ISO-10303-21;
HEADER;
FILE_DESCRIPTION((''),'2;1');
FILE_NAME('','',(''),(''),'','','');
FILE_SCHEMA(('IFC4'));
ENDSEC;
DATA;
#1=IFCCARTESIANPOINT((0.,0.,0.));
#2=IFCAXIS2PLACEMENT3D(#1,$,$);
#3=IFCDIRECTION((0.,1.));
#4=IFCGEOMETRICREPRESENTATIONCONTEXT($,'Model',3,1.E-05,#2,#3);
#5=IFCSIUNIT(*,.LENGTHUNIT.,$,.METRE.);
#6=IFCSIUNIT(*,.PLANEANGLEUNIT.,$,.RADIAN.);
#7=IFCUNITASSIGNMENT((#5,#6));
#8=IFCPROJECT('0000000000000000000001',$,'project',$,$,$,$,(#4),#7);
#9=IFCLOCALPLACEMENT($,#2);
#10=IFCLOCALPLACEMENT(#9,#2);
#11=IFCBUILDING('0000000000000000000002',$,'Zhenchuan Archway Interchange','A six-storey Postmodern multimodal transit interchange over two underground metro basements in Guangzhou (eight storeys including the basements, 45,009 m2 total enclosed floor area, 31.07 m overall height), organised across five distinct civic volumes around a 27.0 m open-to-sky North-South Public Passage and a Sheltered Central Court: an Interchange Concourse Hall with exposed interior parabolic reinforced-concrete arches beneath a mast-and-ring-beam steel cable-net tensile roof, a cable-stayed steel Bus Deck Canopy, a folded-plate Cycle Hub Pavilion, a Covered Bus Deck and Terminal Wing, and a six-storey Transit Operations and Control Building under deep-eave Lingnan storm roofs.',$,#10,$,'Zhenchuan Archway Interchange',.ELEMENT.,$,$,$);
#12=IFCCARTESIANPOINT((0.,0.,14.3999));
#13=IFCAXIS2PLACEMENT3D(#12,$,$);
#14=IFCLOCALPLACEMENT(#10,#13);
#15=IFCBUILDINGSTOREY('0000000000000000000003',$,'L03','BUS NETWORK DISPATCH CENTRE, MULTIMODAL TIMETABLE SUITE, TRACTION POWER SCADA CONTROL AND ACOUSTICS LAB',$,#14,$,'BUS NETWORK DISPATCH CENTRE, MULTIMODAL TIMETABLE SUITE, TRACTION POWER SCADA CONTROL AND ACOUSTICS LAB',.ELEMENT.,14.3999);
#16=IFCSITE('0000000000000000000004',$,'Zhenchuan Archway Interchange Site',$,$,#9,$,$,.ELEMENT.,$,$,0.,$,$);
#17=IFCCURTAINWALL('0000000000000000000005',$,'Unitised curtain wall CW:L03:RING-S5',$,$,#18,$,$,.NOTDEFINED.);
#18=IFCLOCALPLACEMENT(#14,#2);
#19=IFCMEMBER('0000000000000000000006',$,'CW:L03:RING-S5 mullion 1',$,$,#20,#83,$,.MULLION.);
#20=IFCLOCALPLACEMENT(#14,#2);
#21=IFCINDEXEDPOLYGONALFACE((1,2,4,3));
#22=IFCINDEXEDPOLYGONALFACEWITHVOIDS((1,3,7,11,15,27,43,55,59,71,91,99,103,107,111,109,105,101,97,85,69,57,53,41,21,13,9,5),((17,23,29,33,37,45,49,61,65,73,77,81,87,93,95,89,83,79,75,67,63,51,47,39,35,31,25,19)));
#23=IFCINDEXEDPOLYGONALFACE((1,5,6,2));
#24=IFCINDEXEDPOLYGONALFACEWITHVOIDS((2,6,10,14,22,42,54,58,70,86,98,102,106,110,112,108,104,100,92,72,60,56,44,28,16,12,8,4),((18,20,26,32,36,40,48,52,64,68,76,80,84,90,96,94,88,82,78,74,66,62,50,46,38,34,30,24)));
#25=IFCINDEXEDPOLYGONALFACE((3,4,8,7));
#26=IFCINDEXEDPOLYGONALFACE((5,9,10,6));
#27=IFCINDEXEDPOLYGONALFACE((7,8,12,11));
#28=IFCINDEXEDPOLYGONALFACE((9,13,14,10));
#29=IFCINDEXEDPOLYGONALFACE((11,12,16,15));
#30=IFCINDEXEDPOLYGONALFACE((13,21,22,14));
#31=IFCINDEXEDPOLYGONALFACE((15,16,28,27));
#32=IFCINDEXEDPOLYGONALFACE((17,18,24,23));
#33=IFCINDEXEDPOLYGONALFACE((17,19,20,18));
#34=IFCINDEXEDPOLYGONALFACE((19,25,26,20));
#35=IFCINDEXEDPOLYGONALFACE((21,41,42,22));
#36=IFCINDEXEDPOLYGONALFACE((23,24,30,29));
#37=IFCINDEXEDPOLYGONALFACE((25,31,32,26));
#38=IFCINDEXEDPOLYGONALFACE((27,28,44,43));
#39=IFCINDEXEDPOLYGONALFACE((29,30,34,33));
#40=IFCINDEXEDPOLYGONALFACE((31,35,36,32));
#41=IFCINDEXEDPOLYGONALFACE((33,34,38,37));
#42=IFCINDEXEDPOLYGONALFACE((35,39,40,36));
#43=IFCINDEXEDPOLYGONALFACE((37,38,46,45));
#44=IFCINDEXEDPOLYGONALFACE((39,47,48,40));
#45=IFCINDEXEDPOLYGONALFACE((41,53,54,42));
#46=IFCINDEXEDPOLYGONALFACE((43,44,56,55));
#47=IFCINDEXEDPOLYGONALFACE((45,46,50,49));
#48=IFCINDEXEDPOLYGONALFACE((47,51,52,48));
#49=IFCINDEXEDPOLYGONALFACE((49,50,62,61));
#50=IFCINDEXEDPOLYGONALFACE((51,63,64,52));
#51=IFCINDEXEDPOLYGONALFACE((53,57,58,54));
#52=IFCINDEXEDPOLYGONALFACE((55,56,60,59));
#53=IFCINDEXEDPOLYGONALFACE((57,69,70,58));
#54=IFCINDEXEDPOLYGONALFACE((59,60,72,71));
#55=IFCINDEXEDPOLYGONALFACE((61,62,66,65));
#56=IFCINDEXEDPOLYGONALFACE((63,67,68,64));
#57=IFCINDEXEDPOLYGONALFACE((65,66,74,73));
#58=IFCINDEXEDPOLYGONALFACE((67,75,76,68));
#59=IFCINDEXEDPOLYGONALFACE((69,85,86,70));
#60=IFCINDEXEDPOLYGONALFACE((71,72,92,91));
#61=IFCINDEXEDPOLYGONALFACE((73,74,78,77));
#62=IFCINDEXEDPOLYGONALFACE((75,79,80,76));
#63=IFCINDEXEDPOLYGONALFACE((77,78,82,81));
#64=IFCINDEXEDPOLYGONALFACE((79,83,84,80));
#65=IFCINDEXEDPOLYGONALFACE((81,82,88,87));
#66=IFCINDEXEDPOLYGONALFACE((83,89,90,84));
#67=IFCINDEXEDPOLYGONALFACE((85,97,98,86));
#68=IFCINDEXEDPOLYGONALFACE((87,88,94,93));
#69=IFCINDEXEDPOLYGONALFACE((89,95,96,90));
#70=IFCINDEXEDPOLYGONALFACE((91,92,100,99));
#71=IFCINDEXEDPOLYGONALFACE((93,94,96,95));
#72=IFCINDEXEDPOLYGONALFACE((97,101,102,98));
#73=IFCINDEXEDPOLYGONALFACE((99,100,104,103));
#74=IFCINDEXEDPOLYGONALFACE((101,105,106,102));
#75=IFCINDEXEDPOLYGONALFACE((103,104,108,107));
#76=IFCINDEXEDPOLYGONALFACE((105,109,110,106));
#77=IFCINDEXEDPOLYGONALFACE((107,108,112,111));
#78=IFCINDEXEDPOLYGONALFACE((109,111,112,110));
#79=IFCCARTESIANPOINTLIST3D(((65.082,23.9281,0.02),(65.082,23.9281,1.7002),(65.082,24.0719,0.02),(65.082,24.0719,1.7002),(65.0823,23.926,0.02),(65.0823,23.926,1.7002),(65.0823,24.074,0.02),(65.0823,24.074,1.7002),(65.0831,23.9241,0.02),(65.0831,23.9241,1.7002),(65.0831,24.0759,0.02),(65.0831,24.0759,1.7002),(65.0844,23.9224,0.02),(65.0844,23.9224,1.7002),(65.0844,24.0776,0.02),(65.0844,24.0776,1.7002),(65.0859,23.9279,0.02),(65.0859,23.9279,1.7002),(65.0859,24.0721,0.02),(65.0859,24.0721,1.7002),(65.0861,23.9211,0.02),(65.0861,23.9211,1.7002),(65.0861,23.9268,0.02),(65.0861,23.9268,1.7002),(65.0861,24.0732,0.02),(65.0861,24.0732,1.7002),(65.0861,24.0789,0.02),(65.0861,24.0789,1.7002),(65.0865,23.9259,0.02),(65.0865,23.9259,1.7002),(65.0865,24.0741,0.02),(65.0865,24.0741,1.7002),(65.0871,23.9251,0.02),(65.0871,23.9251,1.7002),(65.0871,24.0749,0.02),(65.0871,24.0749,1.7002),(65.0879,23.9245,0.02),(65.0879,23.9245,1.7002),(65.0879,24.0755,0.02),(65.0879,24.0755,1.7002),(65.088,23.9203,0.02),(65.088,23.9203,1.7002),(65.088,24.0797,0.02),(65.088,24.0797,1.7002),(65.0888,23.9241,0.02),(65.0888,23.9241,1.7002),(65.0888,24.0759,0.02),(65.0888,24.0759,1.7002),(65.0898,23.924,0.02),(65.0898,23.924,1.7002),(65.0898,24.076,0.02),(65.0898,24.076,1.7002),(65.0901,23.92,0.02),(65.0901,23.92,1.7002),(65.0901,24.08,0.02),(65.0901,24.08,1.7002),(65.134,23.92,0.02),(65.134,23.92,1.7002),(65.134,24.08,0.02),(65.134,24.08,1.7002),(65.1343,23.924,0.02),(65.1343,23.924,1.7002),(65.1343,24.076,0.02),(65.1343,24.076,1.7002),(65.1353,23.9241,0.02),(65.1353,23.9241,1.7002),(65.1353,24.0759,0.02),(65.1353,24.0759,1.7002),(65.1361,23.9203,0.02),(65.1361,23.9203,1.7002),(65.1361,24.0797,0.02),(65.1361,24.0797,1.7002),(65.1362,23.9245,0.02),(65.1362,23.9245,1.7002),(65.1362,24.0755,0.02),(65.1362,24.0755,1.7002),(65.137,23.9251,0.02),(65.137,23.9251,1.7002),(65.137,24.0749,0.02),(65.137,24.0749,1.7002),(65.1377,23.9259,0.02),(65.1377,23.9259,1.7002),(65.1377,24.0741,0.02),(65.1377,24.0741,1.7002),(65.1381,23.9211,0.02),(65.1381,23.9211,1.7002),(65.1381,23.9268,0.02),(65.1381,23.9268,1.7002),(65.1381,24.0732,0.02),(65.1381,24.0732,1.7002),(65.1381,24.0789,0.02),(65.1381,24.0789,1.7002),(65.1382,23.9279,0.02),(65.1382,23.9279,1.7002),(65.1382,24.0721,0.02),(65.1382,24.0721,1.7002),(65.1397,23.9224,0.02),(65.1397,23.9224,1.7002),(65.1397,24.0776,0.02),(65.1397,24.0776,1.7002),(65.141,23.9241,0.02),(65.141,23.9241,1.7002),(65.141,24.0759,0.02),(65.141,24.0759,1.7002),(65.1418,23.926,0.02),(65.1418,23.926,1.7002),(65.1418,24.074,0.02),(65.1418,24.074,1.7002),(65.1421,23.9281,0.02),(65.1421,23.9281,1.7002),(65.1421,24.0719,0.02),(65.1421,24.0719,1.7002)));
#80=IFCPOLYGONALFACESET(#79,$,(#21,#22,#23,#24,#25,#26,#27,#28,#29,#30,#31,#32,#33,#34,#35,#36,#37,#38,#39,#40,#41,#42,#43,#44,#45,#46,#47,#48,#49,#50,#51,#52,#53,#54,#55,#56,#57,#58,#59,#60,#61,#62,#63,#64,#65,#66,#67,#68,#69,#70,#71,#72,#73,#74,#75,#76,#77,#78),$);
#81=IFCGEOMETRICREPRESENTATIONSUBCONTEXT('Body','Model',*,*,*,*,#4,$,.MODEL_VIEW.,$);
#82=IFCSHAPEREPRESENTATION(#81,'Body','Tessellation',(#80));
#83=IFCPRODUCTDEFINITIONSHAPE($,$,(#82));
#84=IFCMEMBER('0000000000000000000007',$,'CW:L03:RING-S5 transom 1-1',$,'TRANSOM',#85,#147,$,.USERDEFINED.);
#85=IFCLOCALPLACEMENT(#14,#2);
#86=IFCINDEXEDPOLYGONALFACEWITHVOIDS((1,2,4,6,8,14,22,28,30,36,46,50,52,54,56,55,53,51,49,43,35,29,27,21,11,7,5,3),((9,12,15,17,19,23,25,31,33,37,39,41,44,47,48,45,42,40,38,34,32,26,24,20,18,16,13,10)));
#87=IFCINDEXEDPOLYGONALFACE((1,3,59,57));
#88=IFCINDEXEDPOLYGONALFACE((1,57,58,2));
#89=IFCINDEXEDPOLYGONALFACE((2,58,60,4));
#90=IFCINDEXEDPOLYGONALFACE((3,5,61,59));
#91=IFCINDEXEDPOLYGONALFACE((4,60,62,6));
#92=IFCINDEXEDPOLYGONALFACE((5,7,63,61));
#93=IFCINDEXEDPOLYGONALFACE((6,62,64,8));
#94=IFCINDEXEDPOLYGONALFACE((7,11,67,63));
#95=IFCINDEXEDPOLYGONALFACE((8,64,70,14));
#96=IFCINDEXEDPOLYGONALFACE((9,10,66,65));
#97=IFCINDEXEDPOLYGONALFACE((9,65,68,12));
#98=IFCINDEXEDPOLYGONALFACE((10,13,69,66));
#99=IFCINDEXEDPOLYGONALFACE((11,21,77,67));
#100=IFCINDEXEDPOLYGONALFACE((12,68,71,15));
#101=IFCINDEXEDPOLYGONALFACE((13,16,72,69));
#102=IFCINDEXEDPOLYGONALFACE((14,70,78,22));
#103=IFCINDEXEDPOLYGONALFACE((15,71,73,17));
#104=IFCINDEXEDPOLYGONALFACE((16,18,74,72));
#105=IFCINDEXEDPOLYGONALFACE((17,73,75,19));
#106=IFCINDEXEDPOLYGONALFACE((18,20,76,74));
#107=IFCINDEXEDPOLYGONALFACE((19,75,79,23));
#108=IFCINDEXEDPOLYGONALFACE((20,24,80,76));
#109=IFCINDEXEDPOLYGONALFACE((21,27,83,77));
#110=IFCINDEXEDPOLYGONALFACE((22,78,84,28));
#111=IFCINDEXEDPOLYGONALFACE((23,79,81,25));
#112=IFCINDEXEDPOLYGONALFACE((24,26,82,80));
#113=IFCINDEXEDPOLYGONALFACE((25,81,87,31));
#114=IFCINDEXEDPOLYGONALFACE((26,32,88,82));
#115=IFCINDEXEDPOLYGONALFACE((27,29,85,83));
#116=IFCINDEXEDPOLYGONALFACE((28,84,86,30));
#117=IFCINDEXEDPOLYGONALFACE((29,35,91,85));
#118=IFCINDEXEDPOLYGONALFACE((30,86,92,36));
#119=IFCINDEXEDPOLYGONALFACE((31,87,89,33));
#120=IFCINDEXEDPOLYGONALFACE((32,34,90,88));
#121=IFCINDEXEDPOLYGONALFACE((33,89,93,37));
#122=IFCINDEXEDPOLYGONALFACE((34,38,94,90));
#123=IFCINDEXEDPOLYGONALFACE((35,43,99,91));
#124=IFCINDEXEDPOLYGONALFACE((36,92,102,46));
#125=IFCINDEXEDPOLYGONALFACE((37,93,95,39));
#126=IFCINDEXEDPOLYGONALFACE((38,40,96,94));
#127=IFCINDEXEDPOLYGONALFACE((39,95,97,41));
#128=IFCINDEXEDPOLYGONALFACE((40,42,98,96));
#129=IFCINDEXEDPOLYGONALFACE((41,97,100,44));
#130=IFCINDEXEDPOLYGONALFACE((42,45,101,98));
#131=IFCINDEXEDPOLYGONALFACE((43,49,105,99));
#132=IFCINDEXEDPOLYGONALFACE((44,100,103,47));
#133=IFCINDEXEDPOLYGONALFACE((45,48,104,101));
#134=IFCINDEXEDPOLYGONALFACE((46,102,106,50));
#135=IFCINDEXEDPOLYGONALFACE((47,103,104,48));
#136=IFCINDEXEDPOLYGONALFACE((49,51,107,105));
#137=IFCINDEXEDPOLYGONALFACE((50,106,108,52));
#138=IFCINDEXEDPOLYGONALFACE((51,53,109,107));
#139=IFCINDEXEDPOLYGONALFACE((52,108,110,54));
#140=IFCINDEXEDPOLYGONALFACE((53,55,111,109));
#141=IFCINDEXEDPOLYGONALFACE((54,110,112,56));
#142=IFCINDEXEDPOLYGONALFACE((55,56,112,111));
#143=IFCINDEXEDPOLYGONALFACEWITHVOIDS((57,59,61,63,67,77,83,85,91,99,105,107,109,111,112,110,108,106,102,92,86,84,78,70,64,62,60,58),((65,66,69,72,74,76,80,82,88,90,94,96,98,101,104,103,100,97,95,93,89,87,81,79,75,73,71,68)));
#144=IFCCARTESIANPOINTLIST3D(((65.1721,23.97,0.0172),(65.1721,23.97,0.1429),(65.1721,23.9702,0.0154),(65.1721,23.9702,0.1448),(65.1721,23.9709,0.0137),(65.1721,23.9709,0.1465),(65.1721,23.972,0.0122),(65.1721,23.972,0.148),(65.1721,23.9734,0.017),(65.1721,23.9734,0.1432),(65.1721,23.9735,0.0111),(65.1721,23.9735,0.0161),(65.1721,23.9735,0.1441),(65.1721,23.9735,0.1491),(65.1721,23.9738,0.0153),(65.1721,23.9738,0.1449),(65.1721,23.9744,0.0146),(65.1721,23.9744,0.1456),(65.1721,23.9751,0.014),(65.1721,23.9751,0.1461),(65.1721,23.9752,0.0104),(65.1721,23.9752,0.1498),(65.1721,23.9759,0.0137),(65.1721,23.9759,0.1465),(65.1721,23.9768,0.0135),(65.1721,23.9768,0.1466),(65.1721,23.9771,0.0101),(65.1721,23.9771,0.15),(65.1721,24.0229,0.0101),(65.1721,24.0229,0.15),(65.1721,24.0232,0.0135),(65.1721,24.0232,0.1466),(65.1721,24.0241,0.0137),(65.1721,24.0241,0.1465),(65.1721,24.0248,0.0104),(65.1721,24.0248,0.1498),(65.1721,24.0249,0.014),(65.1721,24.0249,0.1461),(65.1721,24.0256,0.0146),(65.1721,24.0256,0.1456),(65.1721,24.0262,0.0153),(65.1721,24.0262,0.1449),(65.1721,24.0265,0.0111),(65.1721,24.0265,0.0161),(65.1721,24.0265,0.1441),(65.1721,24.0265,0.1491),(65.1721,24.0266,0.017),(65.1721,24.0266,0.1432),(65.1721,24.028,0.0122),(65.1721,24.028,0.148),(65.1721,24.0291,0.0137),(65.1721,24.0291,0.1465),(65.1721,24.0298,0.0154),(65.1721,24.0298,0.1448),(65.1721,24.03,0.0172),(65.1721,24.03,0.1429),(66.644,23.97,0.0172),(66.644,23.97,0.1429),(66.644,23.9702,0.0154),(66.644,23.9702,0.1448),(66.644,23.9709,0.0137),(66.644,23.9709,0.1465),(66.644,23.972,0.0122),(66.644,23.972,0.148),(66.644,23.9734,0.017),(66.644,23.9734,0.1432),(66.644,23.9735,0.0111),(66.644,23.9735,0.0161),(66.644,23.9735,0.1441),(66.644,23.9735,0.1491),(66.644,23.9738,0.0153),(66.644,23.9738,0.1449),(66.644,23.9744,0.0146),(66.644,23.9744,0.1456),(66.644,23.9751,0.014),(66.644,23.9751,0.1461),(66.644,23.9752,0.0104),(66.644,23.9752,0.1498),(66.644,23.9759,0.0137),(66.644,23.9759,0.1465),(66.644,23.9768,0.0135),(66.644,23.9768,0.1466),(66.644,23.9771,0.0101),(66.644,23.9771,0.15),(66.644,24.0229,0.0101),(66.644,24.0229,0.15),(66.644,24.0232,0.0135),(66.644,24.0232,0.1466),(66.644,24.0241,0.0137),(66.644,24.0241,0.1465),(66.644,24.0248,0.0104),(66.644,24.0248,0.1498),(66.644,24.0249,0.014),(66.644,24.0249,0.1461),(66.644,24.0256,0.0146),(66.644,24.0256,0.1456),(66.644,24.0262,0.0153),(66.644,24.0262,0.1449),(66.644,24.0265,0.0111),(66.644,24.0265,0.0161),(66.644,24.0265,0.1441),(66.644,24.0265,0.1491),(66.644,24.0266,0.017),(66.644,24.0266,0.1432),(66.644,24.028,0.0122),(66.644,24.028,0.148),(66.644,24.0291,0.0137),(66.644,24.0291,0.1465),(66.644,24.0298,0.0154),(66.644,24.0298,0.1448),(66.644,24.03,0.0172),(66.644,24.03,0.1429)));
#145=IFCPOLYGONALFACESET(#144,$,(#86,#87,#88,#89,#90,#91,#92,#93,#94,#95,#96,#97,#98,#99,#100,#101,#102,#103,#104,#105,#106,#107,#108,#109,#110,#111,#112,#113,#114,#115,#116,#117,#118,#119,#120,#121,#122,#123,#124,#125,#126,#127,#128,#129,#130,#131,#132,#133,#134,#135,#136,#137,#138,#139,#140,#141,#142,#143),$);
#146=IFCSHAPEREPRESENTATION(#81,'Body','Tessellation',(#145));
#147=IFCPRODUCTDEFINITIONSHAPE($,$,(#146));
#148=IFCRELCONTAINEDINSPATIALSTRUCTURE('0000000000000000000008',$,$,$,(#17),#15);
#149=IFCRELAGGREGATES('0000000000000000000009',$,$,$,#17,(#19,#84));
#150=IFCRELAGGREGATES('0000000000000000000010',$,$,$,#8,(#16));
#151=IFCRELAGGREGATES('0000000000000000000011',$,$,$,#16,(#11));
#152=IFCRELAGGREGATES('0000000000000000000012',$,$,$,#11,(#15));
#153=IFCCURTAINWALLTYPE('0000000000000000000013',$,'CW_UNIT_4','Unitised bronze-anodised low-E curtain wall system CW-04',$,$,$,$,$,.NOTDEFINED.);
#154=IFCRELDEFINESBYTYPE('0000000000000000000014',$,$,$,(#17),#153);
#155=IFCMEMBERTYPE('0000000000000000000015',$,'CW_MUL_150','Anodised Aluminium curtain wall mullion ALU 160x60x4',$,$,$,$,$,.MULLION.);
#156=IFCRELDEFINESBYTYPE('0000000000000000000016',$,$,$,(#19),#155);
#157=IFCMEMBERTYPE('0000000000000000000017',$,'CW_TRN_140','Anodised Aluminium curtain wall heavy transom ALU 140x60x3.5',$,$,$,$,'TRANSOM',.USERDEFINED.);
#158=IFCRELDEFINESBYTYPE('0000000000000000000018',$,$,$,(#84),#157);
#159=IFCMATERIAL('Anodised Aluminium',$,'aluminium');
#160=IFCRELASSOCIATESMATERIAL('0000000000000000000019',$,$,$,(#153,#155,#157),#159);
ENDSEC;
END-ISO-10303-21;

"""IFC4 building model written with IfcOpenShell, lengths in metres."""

from ifc_helpers import new_model, si_unit, direction, frame, origin, origin_2d, place, context, subcontext, project, spatial, hollow_rectangle, extrude, material, material_profile, profile_set, type_object, element, aggregate, save


model = new_model("IFC4")

# Units and contexts
model_context = context("Model", 3, precision=1e-05, world=origin(), true_north=direction((0.0, 1.0)))
body_context = subcontext(model_context, "Body", "Model", "MODEL_VIEW")
ifc_project = project(units=[si_unit("LENGTHUNIT", "METRE"), si_unit("PLANEANGLEUNIT", "RADIAN")], contexts=[model_context])

# Site, building, storey
site_placement = place(None, origin())
site = spatial("IfcSite", under=ifc_project, at=site_placement, Name="Zhenchuan Archway Interchange Site", CompositionType="ELEMENT", RefElevation=0.0)
building_placement = place(site_placement, origin())
building = spatial("IfcBuilding", under=site, at=building_placement, Name="Zhenchuan Archway Interchange", Description="A six-storey Postmodern multimodal transit interchange over two underground metro basements in Guangzhou (eight storeys including the basements, 45,009 m2 total enclosed floor area, 31.07 m overall height), organised across five distinct civic volumes around a 27.0 m open-to-sky North-South Public Passage and a Sheltered Central Court: an Interchange Concourse Hall with exposed interior parabolic reinforced-concrete arches beneath a mast-and-ring-beam steel cable-net tensile roof, a cable-stayed steel Bus Deck Canopy, a folded-plate Cycle Hub Pavilion, a Covered Bus Deck and Terminal Wing, and a six-storey Transit Operations and Control Building under deep-eave Lingnan storm roofs.", LongName="Zhenchuan Archway Interchange", CompositionType="ELEMENT")
storey_placement = place(building_placement, frame((0.0, 0.0, 14.3999)))
storey = spatial("IfcBuildingStorey", under=building, at=storey_placement, Name="L03", Description="BUS NETWORK DISPATCH CENTRE, MULTIMODAL TIMETABLE SUITE, TRACTION POWER SCADA CONTROL AND ACOUSTICS LAB", LongName="BUS NETWORK DISPATCH CENTRE, MULTIMODAL TIMETABLE SUITE, TRACTION POWER SCADA CONTROL AND ACOUSTICS LAB", CompositionType="ELEMENT", Elevation=14.3999)

# Curtain wall, members
ifc_material_1 = material(Name="Anodised Aluminium", Category="aluminium")
curtain_wall_type = type_object("IfcCurtainWallType", Name="CW_UNIT_4", Description="Unitised bronze-anodised low-E curtain wall system CW-04", PredefinedType="NOTDEFINED", material=ifc_material_1)
curtain_wall_placement = place(storey_placement, origin())
curtain_wall = element("IfcCurtainWall", 1, at=curtain_wall_placement, inside=storey, type_object=curtain_wall_type, Name="Unitised curtain wall CW:L03:RING-S5", PredefinedType="NOTDEFINED")
ifc_material_profile_1 = material_profile(ifc_material_1, hollow_rectangle(XDim=0.0601, YDim=0.1599, WallThickness=0.0039, InnerFilletRadius=0.0039, OuterFilletRadius=0.0081, at=origin_2d()), Name="ALU 160x60x4")
ifc_profile_set_1 = profile_set([ifc_material_profile_1], Name="Anodised Aluminium")
member_type_1 = type_object("IfcMemberType", Name="CW_MUL_150", Description="Anodised Aluminium curtain wall mullion ALU 160x60x4", PredefinedType="MULLION", material=ifc_profile_set_1)
member_1_placement = place(storey_placement, frame((65.1121, 24.0, 0.02), z_axis=(0.0, 0.0, 1.0), x_axis=(1.0, 0.0, 0.0)))
member_1 = element("IfcMember", 2, at=member_1_placement, type_object=member_type_1, Name="CW:L03:RING-S5 mullion 1", PredefinedType="MULLION", context=body_context, shape_type="SweptSolid", body=[
    extrude(hollow_rectangle(XDim=0.0601, YDim=0.1599, WallThickness=0.0039, InnerFilletRadius=0.0039, OuterFilletRadius=0.0081, at=origin_2d()), origin(), (0.0, 0.0, 1.0), 1.6802),
])
ifc_material_profile_2 = material_profile(ifc_material_1, hollow_rectangle(XDim=0.0601, YDim=0.1399, WallThickness=0.0034, InnerFilletRadius=0.0034, OuterFilletRadius=0.0071, at=origin_2d()), Name="ALU 140x60x3.5")
ifc_profile_set_2 = profile_set([ifc_material_profile_2], Name="Anodised Aluminium")
member_type_2 = type_object("IfcMemberType", Name="CW_TRN_140", Description="Anodised Aluminium curtain wall heavy transom ALU 140x60x3.5", ElementType="TRANSOM", PredefinedType="USERDEFINED", material=ifc_profile_set_2)
member_2_placement = place(storey_placement, frame((65.1721, 24.0, 0.0801), z_axis=(1.0, 0.0, 0.0), x_axis=(0.0, 1.0, 0.0)))
member_2 = element("IfcMember", 3, at=member_2_placement, type_object=member_type_2, Name="CW:L03:RING-S5 transom 1-1", ObjectType="TRANSOM", PredefinedType="USERDEFINED", context=body_context, shape_type="SweptSolid", body=[
    extrude(hollow_rectangle(XDim=0.0601, YDim=0.1399, WallThickness=0.0034, InnerFilletRadius=0.0034, OuterFilletRadius=0.0071, at=origin_2d()), origin(), (0.0, 0.0, 1.0), 1.4719),
])

aggregate(curtain_wall, [member_1, member_2])

save(model, "model.ifc")
